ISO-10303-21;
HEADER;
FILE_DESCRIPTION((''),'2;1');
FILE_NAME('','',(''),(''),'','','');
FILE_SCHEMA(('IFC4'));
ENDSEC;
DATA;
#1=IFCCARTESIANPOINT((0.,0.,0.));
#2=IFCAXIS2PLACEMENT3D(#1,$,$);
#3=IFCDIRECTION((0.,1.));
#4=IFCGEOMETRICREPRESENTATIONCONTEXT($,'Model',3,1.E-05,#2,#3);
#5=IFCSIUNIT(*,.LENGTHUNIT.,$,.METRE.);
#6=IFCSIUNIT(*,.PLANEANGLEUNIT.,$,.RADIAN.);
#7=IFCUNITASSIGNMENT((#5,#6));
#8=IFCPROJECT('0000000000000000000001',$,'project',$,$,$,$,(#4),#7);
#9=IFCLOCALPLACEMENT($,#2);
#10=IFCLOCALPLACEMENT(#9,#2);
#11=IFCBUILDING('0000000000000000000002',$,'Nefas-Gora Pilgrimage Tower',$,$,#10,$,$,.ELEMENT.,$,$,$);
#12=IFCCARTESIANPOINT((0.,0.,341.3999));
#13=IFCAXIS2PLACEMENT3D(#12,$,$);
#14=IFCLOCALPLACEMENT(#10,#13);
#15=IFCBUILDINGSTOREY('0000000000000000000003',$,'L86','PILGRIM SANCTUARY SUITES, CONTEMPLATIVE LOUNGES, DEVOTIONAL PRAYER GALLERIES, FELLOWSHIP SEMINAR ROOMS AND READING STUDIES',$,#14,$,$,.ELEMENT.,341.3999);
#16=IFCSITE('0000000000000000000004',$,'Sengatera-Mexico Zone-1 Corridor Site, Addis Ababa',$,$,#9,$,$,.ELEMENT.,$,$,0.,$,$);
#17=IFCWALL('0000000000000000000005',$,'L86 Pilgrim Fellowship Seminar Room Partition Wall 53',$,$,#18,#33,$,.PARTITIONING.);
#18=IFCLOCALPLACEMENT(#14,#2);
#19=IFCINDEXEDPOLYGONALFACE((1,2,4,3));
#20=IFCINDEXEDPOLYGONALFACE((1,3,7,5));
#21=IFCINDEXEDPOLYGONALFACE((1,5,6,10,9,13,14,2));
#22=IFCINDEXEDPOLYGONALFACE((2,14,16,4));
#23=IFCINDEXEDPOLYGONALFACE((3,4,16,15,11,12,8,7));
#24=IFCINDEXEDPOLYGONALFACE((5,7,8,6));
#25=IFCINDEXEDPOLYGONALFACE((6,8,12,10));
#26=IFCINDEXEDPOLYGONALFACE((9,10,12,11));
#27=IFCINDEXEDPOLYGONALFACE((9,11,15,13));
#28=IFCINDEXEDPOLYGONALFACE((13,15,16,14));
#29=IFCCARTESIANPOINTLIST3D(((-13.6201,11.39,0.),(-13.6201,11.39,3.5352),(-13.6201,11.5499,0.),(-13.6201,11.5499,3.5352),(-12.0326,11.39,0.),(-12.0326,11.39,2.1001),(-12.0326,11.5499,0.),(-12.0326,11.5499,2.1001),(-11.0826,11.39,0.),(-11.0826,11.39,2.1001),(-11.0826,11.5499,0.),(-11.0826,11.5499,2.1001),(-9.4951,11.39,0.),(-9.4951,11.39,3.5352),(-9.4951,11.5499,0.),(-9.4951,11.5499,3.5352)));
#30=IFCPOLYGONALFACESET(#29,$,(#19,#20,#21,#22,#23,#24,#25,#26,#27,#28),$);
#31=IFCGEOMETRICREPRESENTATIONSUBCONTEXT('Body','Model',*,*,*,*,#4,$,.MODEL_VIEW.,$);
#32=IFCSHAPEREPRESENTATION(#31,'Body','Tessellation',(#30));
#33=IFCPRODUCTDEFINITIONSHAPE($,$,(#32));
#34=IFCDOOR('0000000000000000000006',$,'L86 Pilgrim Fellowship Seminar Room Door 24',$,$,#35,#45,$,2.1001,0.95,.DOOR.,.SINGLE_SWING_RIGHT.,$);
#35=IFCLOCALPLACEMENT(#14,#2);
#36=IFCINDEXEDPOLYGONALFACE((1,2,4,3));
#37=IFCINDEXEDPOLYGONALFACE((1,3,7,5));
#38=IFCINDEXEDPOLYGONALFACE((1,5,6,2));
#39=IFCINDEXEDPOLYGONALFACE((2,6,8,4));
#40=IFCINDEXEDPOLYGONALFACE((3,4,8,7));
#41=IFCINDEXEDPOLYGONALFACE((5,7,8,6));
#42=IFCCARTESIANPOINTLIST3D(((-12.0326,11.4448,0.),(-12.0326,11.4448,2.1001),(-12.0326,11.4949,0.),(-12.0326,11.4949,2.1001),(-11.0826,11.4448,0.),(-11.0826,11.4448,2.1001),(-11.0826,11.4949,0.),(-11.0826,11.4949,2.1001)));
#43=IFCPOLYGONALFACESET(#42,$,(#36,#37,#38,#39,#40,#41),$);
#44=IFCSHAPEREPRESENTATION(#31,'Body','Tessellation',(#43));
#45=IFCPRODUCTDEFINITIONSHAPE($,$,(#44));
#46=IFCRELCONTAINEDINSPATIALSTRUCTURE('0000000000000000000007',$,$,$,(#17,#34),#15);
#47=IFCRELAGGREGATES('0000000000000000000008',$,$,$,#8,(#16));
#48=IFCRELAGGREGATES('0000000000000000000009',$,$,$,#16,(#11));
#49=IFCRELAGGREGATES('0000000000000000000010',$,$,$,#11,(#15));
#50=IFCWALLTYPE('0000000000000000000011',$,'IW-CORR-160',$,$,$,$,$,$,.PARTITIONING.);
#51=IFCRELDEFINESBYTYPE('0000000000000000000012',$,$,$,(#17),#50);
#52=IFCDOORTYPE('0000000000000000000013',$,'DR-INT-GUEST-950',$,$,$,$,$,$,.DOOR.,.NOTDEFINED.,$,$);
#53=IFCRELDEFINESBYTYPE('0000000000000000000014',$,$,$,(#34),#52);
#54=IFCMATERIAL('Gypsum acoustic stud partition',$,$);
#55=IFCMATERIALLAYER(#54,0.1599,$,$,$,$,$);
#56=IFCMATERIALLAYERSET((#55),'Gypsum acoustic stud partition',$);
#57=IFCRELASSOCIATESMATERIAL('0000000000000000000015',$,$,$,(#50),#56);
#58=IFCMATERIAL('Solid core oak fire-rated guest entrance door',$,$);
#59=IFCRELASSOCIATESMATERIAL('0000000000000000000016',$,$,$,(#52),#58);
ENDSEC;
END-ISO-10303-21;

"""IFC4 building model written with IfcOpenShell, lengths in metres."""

from ifc_helpers import new_model, si_unit, direction, frame, frame_2d, origin, place, context, subcontext, project, spatial, rectangle, extrude, source, transform, mapped, material, layer, layer_set, type_object, element, fill, save


model = new_model("IFC4")

# Units and contexts
model_context = context("Model", 3, precision=1e-05, world=origin(), true_north=direction((0.0, 1.0)))
body_context = subcontext(model_context, "Body", "Model", "MODEL_VIEW")
ifc_project = project(units=[si_unit("LENGTHUNIT", "METRE"), si_unit("PLANEANGLEUNIT", "RADIAN")], contexts=[model_context])

# Site, building, storey
site_placement = place(None, origin())
site = spatial("IfcSite", under=ifc_project, at=site_placement, Name="Sengatera-Mexico Zone-1 Corridor Site, Addis Ababa", CompositionType="ELEMENT", RefElevation=0.0)
building_placement = place(site_placement, origin())
building = spatial("IfcBuilding", under=site, at=building_placement, Name="Nefas-Gora Pilgrimage Tower", CompositionType="ELEMENT")
storey_placement = place(building_placement, frame((0.0, 0.0, 341.3999)))
storey = spatial("IfcBuildingStorey", under=building, at=storey_placement, Name="L86", Description="PILGRIM SANCTUARY SUITES, CONTEMPLATIVE LOUNGES, DEVOTIONAL PRAYER GALLERIES, FELLOWSHIP SEMINAR ROOMS AND READING STUDIES", CompositionType="ELEMENT", Elevation=341.3999)

# Wall, opening, door
ifc_material_1 = material(Name="Gypsum acoustic stud partition")
ifc_layer_1 = layer(ifc_material_1, 0.1599)
ifc_layer_set_1 = layer_set([ifc_layer_1], Name="Gypsum acoustic stud partition")
wall_type_1 = type_object("IfcWallType", Name="IW-CORR-160", PredefinedType="PARTITIONING", material=ifc_layer_set_1)
shared_shape_1 = source(origin(), body_context, "Body", "SweptSolid", [
    extrude(rectangle(XDim=4.125, YDim=0.1599, at=frame_2d((2.0625, 0.0))), origin(), (0.0, 0.0, 1.0), 3.5352),
])
wall_1_placement = place(storey_placement, frame((-13.6201, 11.47, 0.0), z_axis=(0.0, 0.0, 1.0), x_axis=(1.0, 0.0, 0.0)))
wall_1 = element("IfcWall", 1, at=wall_1_placement, inside=storey, type_object=wall_type_1, Name="L86 Pilgrim Fellowship Seminar Room Partition Wall 53", PredefinedType="PARTITIONING", context=body_context, shape_type="MappedRepresentation", body=[
    mapped(shared_shape_1, transform((0.0, 0.0, 0.0), x_axis=(1.0, 0.0, 0.0), y_axis=(0.0, 1.0, 0.0), z_axis=(0.0, 0.0, 1.0), scale=1.0)),
])
opening_1_placement = place(wall_1_placement, frame((1.5874, 0.0, 0.0)))
opening_1 = element("IfcOpeningElement", 2, at=opening_1_placement, cuts=wall_1, PredefinedType="OPENING", context=body_context, shape_type="SweptSolid", body=[
    extrude(rectangle(XDim=0.95, YDim=2.1001, at=frame_2d((0.4751, 1.05))), frame((0.0, 0.0898, 0.0), z_axis=(0.0, -1.0, 0.0), x_axis=(1.0, 0.0, 0.0)), (0.0, 0.0, 1.0), 0.1799),
])
ifc_material_2 = material(Name="Solid core oak fire-rated guest entrance door")
door_type = type_object("IfcDoorType", Name="DR-INT-GUEST-950", OperationType="NOTDEFINED", PredefinedType="DOOR", material=ifc_material_2)
shared_shape_2 = source(origin(), body_context, "Body", "SweptSolid", [
    extrude(rectangle(XDim=0.95, YDim=2.1001, at=frame_2d((0.4751, 1.05))), frame((0.0, 0.0249, 0.0), z_axis=(0.0, -1.0, 0.0), x_axis=(1.0, 0.0, 0.0)), (0.0, 0.0, 1.0), 0.05),
])
door_placement = place(opening_1_placement, origin())
door = element("IfcDoor", 3, at=door_placement, inside=storey, type_object=door_type, Name="L86 Pilgrim Fellowship Seminar Room Door 24", OperationType="SINGLE_SWING_RIGHT", OverallHeight=2.1001, OverallWidth=0.95, PredefinedType="DOOR", context=body_context, shape_type="MappedRepresentation", body=[
    mapped(shared_shape_2, transform((0.0, 0.0, 0.0), x_axis=(1.0, 0.0, 0.0), y_axis=(0.0, 1.0, 0.0), z_axis=(0.0, 0.0, 1.0), scale=1.0)),
])
fill(opening_1, door)

save(model, "model.ifc")
